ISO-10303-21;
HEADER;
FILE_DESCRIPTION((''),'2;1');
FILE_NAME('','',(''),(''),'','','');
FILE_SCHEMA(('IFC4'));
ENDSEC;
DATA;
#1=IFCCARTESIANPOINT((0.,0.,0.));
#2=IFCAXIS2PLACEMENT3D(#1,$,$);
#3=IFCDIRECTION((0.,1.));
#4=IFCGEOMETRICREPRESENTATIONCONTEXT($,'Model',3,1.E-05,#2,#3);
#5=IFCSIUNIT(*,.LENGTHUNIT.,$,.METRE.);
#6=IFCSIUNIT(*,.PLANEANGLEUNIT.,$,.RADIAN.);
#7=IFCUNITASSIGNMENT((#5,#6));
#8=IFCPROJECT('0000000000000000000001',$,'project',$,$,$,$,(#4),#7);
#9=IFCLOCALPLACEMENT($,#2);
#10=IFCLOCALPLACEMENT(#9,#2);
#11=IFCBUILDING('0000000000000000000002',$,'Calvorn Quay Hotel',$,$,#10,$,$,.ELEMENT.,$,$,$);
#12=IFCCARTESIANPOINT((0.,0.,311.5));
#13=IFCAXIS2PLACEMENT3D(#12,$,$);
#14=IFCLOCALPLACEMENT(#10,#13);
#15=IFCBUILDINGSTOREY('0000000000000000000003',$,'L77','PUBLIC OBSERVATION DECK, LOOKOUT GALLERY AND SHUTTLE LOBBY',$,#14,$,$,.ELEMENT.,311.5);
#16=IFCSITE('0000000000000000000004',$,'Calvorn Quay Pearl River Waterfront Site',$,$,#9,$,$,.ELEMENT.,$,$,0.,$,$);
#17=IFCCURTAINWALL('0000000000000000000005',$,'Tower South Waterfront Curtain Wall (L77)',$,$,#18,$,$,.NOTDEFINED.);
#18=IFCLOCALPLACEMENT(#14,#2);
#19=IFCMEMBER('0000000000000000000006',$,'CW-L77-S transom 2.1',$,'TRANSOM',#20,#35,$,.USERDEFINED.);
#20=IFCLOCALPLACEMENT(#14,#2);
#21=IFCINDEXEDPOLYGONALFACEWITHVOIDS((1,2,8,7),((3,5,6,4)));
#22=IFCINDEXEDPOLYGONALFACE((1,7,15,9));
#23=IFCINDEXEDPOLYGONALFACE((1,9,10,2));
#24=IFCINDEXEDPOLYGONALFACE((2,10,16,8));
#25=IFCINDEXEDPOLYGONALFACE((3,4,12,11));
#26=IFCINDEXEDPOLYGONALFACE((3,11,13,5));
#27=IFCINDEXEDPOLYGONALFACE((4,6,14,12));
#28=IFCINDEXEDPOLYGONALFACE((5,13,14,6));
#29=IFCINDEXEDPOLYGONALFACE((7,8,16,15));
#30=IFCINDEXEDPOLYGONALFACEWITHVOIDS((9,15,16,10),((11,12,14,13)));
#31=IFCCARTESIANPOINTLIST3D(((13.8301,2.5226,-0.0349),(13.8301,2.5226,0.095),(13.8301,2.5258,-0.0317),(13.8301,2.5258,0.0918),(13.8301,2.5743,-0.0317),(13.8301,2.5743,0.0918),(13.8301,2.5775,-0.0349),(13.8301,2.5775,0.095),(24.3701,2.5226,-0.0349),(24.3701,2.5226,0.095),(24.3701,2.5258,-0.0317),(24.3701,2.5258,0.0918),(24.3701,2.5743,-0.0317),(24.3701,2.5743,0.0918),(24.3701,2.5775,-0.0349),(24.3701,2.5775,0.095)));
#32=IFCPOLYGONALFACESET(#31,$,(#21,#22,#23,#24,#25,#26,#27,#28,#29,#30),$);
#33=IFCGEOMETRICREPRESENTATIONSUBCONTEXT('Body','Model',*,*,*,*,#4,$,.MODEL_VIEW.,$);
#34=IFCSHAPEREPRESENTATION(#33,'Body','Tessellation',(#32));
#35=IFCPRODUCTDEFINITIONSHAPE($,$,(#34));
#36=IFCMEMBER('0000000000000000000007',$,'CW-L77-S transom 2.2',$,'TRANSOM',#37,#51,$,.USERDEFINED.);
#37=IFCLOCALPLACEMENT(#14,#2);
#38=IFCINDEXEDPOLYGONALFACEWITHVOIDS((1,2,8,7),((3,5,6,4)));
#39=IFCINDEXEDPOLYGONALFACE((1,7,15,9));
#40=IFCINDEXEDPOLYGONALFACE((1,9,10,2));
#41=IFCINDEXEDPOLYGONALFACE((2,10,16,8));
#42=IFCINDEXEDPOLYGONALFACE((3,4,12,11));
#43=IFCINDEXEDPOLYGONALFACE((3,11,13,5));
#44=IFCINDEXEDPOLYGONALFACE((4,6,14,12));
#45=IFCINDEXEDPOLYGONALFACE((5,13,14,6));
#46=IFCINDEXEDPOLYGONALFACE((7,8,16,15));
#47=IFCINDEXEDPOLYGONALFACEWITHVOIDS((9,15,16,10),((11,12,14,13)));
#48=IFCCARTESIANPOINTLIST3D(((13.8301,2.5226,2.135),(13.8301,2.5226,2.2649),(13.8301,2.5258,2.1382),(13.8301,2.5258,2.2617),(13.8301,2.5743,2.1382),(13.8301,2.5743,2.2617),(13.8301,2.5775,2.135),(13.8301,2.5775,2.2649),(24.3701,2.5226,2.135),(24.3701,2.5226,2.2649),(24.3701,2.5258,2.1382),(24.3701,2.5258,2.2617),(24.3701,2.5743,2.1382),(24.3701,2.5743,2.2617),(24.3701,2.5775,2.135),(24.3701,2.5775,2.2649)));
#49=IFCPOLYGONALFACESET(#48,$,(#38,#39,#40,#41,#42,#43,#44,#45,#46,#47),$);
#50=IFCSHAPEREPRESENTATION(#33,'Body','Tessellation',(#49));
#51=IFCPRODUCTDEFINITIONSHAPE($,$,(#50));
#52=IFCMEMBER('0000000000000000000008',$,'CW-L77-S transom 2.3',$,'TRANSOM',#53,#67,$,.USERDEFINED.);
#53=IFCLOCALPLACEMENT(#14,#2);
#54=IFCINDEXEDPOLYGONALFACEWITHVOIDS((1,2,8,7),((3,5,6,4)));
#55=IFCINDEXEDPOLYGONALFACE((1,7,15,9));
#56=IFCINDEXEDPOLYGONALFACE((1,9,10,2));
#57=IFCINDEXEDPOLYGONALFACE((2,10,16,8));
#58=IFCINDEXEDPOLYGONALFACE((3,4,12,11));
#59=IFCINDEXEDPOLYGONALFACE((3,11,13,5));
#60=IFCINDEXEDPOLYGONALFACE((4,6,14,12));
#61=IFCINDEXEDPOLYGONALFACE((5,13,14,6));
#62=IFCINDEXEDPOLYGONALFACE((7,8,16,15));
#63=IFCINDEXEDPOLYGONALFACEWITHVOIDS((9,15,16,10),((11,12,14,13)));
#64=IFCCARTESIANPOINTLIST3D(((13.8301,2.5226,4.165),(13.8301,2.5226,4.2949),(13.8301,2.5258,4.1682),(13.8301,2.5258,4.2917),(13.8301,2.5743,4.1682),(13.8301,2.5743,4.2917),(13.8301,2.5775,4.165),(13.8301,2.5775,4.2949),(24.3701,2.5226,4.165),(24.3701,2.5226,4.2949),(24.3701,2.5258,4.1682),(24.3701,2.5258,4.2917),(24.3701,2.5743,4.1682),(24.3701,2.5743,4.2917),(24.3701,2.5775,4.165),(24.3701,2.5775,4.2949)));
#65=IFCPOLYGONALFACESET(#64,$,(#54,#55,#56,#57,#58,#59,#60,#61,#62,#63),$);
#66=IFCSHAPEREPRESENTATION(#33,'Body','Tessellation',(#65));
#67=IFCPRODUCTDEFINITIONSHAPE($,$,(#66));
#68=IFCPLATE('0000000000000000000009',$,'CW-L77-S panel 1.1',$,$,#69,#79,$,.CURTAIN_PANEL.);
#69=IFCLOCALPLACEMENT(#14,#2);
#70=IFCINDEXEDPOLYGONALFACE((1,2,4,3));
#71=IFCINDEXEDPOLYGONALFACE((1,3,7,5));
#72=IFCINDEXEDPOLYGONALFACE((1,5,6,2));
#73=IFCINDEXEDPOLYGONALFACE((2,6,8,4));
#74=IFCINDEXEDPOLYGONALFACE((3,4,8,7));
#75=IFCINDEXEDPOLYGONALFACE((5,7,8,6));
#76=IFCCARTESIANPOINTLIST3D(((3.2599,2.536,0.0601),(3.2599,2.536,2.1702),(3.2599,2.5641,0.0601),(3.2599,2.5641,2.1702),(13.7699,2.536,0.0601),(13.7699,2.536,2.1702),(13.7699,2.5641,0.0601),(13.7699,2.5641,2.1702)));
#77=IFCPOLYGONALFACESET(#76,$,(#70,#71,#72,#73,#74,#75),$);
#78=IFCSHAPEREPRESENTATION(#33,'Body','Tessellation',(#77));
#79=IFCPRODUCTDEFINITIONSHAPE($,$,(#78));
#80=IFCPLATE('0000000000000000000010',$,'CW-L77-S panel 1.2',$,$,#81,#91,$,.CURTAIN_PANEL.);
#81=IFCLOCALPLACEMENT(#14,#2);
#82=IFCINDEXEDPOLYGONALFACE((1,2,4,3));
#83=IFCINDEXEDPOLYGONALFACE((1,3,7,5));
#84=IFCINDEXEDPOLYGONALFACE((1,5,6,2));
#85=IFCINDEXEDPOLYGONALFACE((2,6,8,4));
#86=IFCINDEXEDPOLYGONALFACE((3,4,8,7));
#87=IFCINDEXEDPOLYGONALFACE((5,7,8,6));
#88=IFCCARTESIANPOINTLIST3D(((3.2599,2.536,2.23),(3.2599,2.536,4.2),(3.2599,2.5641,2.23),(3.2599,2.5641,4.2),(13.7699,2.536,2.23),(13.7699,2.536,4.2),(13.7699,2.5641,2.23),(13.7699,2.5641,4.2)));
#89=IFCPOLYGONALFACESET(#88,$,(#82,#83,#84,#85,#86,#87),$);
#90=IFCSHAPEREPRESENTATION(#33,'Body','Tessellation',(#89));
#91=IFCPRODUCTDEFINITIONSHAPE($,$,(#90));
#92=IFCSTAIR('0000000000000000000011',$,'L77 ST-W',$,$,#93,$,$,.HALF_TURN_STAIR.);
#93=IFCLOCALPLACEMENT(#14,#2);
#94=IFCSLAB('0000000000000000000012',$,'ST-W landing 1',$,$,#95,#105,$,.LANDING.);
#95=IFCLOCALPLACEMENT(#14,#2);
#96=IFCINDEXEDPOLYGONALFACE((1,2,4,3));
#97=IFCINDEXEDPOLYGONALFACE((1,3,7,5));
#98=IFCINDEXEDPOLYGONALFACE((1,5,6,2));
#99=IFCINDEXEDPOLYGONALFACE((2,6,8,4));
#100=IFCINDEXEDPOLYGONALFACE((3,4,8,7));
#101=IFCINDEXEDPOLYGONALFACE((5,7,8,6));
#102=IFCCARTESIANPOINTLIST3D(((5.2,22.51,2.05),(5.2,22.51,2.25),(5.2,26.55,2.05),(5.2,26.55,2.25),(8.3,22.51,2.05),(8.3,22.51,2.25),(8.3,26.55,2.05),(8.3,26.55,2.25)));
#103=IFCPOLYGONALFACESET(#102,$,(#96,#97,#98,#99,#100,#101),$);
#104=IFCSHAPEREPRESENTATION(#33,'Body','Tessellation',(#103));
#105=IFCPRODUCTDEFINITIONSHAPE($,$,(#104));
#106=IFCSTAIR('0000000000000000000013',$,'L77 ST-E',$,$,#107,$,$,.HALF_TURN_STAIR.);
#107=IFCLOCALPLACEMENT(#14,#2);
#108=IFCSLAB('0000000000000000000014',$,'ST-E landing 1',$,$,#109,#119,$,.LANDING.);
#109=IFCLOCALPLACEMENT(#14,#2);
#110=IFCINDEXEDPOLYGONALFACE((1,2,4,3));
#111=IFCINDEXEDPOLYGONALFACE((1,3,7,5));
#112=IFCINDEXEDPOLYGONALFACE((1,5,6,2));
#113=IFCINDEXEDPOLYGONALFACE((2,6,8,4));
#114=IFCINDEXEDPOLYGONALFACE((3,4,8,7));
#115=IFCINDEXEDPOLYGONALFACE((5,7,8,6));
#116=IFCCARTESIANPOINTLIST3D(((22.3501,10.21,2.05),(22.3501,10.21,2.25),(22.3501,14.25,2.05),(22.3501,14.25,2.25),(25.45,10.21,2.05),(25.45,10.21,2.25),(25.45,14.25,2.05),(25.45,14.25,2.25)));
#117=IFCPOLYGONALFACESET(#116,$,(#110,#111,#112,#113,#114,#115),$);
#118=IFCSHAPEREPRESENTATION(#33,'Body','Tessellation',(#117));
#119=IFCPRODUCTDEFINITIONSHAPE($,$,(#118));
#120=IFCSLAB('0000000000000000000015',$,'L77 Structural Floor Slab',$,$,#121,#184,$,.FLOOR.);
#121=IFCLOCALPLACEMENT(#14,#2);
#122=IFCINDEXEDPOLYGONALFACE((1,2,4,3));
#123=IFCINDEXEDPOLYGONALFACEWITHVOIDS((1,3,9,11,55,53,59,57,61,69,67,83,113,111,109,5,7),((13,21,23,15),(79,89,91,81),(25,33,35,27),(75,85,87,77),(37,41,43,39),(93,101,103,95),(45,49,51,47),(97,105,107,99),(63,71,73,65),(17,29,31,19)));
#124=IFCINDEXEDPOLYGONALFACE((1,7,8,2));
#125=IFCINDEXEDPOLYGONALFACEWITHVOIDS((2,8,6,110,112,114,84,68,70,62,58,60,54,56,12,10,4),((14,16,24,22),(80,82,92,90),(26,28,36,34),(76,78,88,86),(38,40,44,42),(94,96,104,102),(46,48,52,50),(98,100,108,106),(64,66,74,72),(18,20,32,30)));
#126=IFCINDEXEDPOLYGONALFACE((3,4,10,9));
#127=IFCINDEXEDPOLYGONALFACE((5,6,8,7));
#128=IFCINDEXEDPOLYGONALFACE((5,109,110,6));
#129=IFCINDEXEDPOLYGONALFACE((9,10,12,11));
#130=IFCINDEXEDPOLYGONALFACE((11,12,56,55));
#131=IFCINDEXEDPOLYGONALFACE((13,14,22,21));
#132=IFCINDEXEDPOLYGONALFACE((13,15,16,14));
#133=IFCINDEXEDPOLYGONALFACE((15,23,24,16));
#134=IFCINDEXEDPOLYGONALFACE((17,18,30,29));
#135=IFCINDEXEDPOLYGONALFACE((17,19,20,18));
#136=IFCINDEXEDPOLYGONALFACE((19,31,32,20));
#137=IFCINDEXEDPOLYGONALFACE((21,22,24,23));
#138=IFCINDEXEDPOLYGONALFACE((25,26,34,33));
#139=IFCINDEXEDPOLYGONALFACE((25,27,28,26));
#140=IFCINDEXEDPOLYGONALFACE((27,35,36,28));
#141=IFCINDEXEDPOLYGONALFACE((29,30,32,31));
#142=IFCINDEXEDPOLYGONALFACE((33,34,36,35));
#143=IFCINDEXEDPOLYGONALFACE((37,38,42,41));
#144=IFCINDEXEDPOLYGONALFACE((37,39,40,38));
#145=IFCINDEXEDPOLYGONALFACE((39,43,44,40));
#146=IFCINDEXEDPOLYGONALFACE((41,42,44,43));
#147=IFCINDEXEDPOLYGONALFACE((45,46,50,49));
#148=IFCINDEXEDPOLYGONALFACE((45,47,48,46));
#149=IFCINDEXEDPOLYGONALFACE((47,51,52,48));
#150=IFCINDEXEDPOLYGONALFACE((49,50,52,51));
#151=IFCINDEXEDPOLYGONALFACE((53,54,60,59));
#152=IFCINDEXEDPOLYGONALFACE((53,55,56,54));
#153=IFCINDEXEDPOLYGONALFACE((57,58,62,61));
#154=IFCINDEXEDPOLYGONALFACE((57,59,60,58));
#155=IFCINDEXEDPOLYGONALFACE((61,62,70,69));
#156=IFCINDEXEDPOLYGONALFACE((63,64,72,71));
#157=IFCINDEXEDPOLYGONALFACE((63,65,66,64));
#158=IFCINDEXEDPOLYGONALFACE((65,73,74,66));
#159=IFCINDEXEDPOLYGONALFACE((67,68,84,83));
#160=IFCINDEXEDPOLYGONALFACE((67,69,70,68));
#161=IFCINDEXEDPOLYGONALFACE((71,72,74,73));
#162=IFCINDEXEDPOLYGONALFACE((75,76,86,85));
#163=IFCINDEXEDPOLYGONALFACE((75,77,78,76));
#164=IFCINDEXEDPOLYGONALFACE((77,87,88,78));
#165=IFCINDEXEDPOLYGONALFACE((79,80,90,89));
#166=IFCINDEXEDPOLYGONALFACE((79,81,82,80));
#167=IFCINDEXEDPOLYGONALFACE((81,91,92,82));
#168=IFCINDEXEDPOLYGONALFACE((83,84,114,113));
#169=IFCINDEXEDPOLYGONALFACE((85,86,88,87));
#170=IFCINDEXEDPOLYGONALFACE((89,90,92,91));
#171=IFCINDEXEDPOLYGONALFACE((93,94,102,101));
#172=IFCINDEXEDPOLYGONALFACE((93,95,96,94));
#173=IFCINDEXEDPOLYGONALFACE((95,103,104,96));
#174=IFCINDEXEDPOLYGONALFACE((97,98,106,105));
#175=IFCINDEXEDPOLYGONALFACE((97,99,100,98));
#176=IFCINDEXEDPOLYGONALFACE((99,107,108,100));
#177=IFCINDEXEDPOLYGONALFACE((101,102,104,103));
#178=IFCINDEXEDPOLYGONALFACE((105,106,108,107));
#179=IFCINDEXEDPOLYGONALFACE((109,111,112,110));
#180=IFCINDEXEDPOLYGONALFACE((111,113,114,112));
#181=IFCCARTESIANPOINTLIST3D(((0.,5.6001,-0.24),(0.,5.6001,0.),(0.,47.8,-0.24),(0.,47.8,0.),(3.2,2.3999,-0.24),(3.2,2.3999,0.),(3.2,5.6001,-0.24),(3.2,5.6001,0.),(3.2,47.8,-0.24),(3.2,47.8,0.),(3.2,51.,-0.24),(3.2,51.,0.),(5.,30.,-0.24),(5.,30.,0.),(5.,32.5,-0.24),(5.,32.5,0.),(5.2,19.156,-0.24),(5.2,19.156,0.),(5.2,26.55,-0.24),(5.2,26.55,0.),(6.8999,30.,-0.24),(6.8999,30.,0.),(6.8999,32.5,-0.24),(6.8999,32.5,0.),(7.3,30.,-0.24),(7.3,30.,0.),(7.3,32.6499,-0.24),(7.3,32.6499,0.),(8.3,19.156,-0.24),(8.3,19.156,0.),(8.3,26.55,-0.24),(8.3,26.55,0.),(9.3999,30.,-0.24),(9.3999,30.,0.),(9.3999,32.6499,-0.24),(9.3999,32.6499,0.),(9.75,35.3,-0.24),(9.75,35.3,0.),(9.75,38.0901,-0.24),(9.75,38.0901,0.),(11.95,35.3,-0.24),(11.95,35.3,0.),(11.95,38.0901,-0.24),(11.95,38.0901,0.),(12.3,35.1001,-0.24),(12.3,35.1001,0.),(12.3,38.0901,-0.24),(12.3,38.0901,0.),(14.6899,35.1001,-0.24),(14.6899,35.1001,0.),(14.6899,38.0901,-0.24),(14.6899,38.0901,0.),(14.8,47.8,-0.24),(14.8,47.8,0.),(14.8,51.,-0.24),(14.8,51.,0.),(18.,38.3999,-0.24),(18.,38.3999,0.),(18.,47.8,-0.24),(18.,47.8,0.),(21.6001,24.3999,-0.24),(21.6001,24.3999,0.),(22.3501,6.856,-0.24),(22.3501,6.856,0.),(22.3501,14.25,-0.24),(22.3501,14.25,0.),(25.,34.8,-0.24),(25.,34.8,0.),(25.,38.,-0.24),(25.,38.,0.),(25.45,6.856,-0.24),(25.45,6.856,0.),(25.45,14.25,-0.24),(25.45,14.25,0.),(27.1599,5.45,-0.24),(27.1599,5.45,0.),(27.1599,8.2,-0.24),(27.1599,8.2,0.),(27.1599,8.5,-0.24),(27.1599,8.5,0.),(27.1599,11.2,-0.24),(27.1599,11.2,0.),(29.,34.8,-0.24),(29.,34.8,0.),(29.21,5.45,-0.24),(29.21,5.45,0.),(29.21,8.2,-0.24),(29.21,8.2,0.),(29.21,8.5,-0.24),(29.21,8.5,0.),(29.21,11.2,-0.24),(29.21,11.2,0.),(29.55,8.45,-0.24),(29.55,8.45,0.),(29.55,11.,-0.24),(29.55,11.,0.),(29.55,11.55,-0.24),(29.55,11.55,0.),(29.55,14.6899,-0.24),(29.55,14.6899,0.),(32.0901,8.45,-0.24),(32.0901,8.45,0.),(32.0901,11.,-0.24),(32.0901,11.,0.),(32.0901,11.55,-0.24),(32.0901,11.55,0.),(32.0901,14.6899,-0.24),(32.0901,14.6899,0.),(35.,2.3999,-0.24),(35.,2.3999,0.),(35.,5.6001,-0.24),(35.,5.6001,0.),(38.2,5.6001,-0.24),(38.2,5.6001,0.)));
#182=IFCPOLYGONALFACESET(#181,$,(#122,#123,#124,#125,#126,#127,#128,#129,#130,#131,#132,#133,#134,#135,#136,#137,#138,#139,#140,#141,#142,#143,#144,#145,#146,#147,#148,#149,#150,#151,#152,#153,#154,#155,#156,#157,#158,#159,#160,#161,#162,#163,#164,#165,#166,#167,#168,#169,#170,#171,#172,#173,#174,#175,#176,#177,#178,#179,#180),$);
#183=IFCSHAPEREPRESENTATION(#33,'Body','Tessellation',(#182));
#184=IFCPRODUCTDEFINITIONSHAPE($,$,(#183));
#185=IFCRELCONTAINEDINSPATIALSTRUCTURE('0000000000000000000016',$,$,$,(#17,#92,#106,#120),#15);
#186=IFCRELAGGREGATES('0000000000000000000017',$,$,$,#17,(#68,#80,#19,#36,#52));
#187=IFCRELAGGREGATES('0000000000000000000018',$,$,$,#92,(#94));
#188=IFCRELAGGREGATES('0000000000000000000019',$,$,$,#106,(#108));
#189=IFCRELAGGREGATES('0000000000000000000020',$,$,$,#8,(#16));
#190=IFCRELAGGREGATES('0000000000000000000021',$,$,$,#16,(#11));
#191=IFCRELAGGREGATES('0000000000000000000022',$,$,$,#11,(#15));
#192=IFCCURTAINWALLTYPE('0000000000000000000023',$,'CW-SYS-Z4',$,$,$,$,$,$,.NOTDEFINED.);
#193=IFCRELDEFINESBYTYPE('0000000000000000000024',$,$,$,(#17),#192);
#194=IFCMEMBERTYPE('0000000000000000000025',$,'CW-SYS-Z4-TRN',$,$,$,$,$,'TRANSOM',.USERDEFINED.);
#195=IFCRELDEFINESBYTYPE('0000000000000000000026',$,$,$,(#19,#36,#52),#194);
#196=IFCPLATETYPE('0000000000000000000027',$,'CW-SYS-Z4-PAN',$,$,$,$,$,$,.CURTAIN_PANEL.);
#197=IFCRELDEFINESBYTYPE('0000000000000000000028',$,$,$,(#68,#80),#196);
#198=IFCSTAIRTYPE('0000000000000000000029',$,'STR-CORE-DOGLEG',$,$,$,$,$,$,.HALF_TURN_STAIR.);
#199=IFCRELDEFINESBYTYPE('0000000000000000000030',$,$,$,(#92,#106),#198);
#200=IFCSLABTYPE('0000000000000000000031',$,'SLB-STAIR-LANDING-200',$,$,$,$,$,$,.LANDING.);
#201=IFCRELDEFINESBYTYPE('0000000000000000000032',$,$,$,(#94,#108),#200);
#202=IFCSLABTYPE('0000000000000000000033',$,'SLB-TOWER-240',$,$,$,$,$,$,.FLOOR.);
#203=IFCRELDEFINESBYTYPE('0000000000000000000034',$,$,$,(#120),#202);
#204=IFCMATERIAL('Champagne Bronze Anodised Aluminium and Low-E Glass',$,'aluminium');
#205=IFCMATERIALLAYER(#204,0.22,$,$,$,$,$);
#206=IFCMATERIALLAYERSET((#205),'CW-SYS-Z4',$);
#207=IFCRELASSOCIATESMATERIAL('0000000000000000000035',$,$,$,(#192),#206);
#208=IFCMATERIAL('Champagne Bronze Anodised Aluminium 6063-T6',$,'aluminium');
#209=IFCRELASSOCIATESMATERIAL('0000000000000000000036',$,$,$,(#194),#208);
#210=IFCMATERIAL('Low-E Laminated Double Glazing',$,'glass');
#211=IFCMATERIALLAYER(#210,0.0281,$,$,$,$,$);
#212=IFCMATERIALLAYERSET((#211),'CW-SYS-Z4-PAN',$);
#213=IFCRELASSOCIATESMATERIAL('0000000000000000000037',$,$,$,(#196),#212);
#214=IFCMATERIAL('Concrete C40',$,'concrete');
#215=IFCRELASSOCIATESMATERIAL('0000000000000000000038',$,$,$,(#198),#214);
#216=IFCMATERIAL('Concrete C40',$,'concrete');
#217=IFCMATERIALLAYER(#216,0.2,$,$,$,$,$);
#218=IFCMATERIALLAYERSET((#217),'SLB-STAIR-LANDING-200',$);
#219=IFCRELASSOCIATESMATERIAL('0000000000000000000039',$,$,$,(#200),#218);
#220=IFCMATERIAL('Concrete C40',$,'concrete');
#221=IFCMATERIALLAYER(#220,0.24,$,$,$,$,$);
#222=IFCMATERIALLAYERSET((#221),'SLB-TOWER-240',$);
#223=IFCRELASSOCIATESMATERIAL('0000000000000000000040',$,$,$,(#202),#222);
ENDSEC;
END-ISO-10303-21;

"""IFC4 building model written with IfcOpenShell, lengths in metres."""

from ifc_helpers import new_model, si_unit, direction, frame, origin, origin_2d, place, context, subcontext, project, spatial, polyline, rectangle, hollow_rectangle, outline, extrude, material, layer, layer_set, material_profile, profile_set, type_object, element, aggregate, save


model = new_model("IFC4")

# Units and contexts
model_context = context("Model", 3, precision=1e-05, world=origin(), true_north=direction((0.0, 1.0)))
body_context = subcontext(model_context, "Body", "Model", "MODEL_VIEW")
ifc_project = project(units=[si_unit("LENGTHUNIT", "METRE"), si_unit("PLANEANGLEUNIT", "RADIAN")], contexts=[model_context])

# Site, building, storey
site_placement = place(None, origin())
site = spatial("IfcSite", under=ifc_project, at=site_placement, Name="Calvorn Quay Pearl River Waterfront Site", CompositionType="ELEMENT", RefElevation=0.0)
building_placement = place(site_placement, origin())
building = spatial("IfcBuilding", under=site, at=building_placement, Name="Calvorn Quay Hotel", CompositionType="ELEMENT")
storey_placement = place(building_placement, frame((0.0, 0.0, 311.5)))
storey = spatial("IfcBuildingStorey", under=building, at=storey_placement, Name="L77", Description="PUBLIC OBSERVATION DECK, LOOKOUT GALLERY AND SHUTTLE LOBBY", CompositionType="ELEMENT", Elevation=311.5)

# Curtain wall, members, plates
ifc_material_1 = material(Name="Champagne Bronze Anodised Aluminium and Low-E Glass", Category="aluminium")
ifc_layer_1 = layer(ifc_material_1, 0.22)
ifc_layer_set_1 = layer_set([ifc_layer_1], Name="CW-SYS-Z4")
curtain_wall_type = type_object("IfcCurtainWallType", Name="CW-SYS-Z4", PredefinedType="NOTDEFINED", material=ifc_layer_set_1)
curtain_wall_placement = place(storey_placement, origin())
curtain_wall = element("IfcCurtainWall", 1, at=curtain_wall_placement, inside=storey, type_object=curtain_wall_type, Name="Tower South Waterfront Curtain Wall (L77)", PredefinedType="NOTDEFINED")
ifc_material_2 = material(Name="Champagne Bronze Anodised Aluminium 6063-T6", Category="aluminium")
ifc_material_profile_1 = material_profile(ifc_material_2, hollow_rectangle(XDim=0.0549, YDim=0.1299, WallThickness=0.0032, at=origin_2d()), Name="ALU-T130x55x3.2")
ifc_profile_set_1 = profile_set([ifc_material_profile_1], Name="Champagne Bronze Anodised Aluminium 6063-T6")
member_type_1 = type_object("IfcMemberType", Name="CW-SYS-Z4-TRN", ElementType="TRANSOM", PredefinedType="USERDEFINED", material=ifc_profile_set_1)
member_1_placement = place(storey_placement, frame((13.8301, 2.55, 0.03), z_axis=(1.0, 0.0, 0.0), x_axis=(0.0, 1.0, 0.0)))
member_1 = element("IfcMember", 2, at=member_1_placement, type_object=member_type_1, Name="CW-L77-S transom 2.1", ObjectType="TRANSOM", PredefinedType="USERDEFINED", context=body_context, shape_type="SweptSolid", body=[
    extrude(hollow_rectangle(XDim=0.0549, YDim=0.1299, WallThickness=0.0032, at=origin_2d()), origin(), (0.0, 0.0, 1.0), 10.54),
])
member_2_placement = place(storey_placement, frame((13.8301, 2.55, 2.2), z_axis=(1.0, 0.0, 0.0), x_axis=(0.0, 1.0, 0.0)))
member_2 = element("IfcMember", 3, at=member_2_placement, type_object=member_type_1, Name="CW-L77-S transom 2.2", ObjectType="TRANSOM", PredefinedType="USERDEFINED", context=body_context, shape_type="SweptSolid", body=[
    extrude(hollow_rectangle(XDim=0.0549, YDim=0.1299, WallThickness=0.0032, at=origin_2d()), origin(), (0.0, 0.0, 1.0), 10.54),
])
member_3_placement = place(storey_placement, frame((13.8301, 2.55, 4.23), z_axis=(1.0, 0.0, 0.0), x_axis=(0.0, 1.0, 0.0)))
member_3 = element("IfcMember", 4, at=member_3_placement, type_object=member_type_1, Name="CW-L77-S transom 2.3", ObjectType="TRANSOM", PredefinedType="USERDEFINED", context=body_context, shape_type="SweptSolid", body=[
    extrude(hollow_rectangle(XDim=0.0549, YDim=0.1299, WallThickness=0.0032, at=origin_2d()), origin(), (0.0, 0.0, 1.0), 10.54),
])
ifc_material_3 = material(Name="Low-E Laminated Double Glazing", Category="glass")
ifc_layer_2 = layer(ifc_material_3, 0.0281)
ifc_layer_set_2 = layer_set([ifc_layer_2], Name="CW-SYS-Z4-PAN")
plate_type = type_object("IfcPlateType", Name="CW-SYS-Z4-PAN", PredefinedType="CURTAIN_PANEL", material=ifc_layer_set_2)
plate_1_placement = place(storey_placement, frame((8.5149, 2.55, 0.0601), z_axis=(0.0, 0.0, 1.0), x_axis=(1.0, 0.0, 0.0)))
plate_1 = element("IfcPlate", 5, at=plate_1_placement, type_object=plate_type, Name="CW-L77-S panel 1.1", PredefinedType="CURTAIN_PANEL", context=body_context, shape_type="SweptSolid", body=[
    extrude(rectangle(XDim=10.51, YDim=0.0281, at=origin_2d()), origin(), (0.0, 0.0, 1.0), 2.1101),
])
plate_2_placement = place(storey_placement, frame((8.5149, 2.55, 2.23), z_axis=(0.0, 0.0, 1.0), x_axis=(1.0, 0.0, 0.0)))
plate_2 = element("IfcPlate", 6, at=plate_2_placement, type_object=plate_type, Name="CW-L77-S panel 1.2", PredefinedType="CURTAIN_PANEL", context=body_context, shape_type="SweptSolid", body=[
    extrude(rectangle(XDim=10.51, YDim=0.0281, at=origin_2d()), origin(), (0.0, 0.0, 1.0), 1.97),
])
aggregate(curtain_wall, [plate_1, plate_2, member_1, member_2, member_3])

# Stairs, slabs
ifc_material_4 = material(Name="Concrete C40", Category="concrete")
stair_type = type_object("IfcStairType", Name="STR-CORE-DOGLEG", PredefinedType="HALF_TURN_STAIR", material=ifc_material_4)
stair_1_placement = place(storey_placement, origin())
stair_1 = element("IfcStair", 7, at=stair_1_placement, inside=storey, type_object=stair_type, Name="L77 ST-W", PredefinedType="HALF_TURN_STAIR")
ifc_material_5 = material(Name="Concrete C40", Category="concrete")
ifc_layer_3 = layer(ifc_material_5, 0.2)
ifc_layer_set_3 = layer_set([ifc_layer_3], Name="SLB-STAIR-LANDING-200")
slab_type_1 = type_object("IfcSlabType", Name="SLB-STAIR-LANDING-200", PredefinedType="LANDING", material=ifc_layer_set_3)
slab_1_placement = place(storey_placement, frame((0.0, 0.0, 2.05)))
slab_1 = element("IfcSlab", 8, at=slab_1_placement, type_object=slab_type_1, Name="ST-W landing 1", PredefinedType="LANDING", context=body_context, shape_type="SweptSolid", body=[
    extrude(outline(polyline([(8.3, 22.51), (8.3, 26.55), (5.2, 26.55), (5.2, 22.51), (8.3, 22.51)])), origin(), (0.0, 0.0, 1.0), 0.2),
])
aggregate(stair_1, [slab_1])
stair_2_placement = place(storey_placement, origin())
stair_2 = element("IfcStair", 9, at=stair_2_placement, inside=storey, type_object=stair_type, Name="L77 ST-E", PredefinedType="HALF_TURN_STAIR")
slab_2_placement = place(storey_placement, frame((0.0, 0.0, 2.05)))
slab_2 = element("IfcSlab", 10, at=slab_2_placement, type_object=slab_type_1, Name="ST-E landing 1", PredefinedType="LANDING", context=body_context, shape_type="SweptSolid", body=[
    extrude(outline(polyline([(25.45, 10.21), (25.45, 14.25), (22.3501, 14.25), (22.3501, 10.21), (25.45, 10.21)])), origin(), (0.0, 0.0, 1.0), 0.2),
])
aggregate(stair_2, [slab_2])

# Slab
ifc_material_6 = material(Name="Concrete C40", Category="concrete")
ifc_layer_4 = layer(ifc_material_6, 0.24)
ifc_layer_set_4 = layer_set([ifc_layer_4], Name="SLB-TOWER-240")
slab_type_2 = type_object("IfcSlabType", Name="SLB-TOWER-240", PredefinedType="FLOOR", material=ifc_layer_set_4)
slab_3_placement = place(storey_placement, frame((0.0, 0.0, -0.24)))
element("IfcSlab", 11, at=slab_3_placement, inside=storey, type_object=slab_type_2, Name="L77 Structural Floor Slab", PredefinedType="FLOOR", context=body_context, shape_type="SweptSolid", body=[
    extrude(outline(polyline([(0.0, 5.6001), (3.2, 5.6001), (3.2, 2.3999), (35.0, 2.3999), (35.0, 5.6001), (38.2, 5.6001), (29.0, 34.8), (25.0, 34.8), (25.0, 38.0), (21.6001, 24.3999), (18.0, 38.3999), (18.0, 47.8), (14.8, 47.8), (14.8, 51.0), (3.2, 51.0), (3.2, 47.8), (0.0, 47.8), (0.0, 5.6001)]), holes=[polyline([(5.2, 19.156), (8.3, 19.156), (8.3, 26.55), (5.2, 26.55), (5.2, 19.156)]), polyline([(22.3501, 6.856), (25.45, 6.856), (25.45, 14.25), (22.3501, 14.25), (22.3501, 6.856)]), polyline([(5.0, 30.0), (6.8999, 30.0), (6.8999, 32.5), (5.0, 32.5), (5.0, 30.0)]), polyline([(7.3, 30.0), (9.3999, 30.0), (9.3999, 32.6499), (7.3, 32.6499), (7.3, 30.0)]), polyline([(27.1599, 8.5), (29.21, 8.5), (29.21, 11.2), (27.1599, 11.2), (27.1599, 8.5)]), polyline([(27.1599, 5.45), (29.21, 5.45), (29.21, 8.2), (27.1599, 8.2), (27.1599, 5.45)]), polyline([(12.3, 35.1001), (14.6899, 35.1001), (14.6899, 38.0901), (12.3, 38.0901), (12.3, 35.1001)]), polyline([(9.75, 35.3), (11.95, 35.3), (11.95, 38.0901), (9.75, 38.0901), (9.75, 35.3)]), polyline([(29.55, 11.55), (32.0901, 11.55), (32.0901, 14.6899), (29.55, 14.6899), (29.55, 11.55)]), polyline([(29.55, 8.45), (32.0901, 8.45), (32.0901, 11.0), (29.55, 11.0), (29.55, 8.45)])]), origin(), (0.0, 0.0, 1.0), 0.24),
])

save(model, "model.ifc")
